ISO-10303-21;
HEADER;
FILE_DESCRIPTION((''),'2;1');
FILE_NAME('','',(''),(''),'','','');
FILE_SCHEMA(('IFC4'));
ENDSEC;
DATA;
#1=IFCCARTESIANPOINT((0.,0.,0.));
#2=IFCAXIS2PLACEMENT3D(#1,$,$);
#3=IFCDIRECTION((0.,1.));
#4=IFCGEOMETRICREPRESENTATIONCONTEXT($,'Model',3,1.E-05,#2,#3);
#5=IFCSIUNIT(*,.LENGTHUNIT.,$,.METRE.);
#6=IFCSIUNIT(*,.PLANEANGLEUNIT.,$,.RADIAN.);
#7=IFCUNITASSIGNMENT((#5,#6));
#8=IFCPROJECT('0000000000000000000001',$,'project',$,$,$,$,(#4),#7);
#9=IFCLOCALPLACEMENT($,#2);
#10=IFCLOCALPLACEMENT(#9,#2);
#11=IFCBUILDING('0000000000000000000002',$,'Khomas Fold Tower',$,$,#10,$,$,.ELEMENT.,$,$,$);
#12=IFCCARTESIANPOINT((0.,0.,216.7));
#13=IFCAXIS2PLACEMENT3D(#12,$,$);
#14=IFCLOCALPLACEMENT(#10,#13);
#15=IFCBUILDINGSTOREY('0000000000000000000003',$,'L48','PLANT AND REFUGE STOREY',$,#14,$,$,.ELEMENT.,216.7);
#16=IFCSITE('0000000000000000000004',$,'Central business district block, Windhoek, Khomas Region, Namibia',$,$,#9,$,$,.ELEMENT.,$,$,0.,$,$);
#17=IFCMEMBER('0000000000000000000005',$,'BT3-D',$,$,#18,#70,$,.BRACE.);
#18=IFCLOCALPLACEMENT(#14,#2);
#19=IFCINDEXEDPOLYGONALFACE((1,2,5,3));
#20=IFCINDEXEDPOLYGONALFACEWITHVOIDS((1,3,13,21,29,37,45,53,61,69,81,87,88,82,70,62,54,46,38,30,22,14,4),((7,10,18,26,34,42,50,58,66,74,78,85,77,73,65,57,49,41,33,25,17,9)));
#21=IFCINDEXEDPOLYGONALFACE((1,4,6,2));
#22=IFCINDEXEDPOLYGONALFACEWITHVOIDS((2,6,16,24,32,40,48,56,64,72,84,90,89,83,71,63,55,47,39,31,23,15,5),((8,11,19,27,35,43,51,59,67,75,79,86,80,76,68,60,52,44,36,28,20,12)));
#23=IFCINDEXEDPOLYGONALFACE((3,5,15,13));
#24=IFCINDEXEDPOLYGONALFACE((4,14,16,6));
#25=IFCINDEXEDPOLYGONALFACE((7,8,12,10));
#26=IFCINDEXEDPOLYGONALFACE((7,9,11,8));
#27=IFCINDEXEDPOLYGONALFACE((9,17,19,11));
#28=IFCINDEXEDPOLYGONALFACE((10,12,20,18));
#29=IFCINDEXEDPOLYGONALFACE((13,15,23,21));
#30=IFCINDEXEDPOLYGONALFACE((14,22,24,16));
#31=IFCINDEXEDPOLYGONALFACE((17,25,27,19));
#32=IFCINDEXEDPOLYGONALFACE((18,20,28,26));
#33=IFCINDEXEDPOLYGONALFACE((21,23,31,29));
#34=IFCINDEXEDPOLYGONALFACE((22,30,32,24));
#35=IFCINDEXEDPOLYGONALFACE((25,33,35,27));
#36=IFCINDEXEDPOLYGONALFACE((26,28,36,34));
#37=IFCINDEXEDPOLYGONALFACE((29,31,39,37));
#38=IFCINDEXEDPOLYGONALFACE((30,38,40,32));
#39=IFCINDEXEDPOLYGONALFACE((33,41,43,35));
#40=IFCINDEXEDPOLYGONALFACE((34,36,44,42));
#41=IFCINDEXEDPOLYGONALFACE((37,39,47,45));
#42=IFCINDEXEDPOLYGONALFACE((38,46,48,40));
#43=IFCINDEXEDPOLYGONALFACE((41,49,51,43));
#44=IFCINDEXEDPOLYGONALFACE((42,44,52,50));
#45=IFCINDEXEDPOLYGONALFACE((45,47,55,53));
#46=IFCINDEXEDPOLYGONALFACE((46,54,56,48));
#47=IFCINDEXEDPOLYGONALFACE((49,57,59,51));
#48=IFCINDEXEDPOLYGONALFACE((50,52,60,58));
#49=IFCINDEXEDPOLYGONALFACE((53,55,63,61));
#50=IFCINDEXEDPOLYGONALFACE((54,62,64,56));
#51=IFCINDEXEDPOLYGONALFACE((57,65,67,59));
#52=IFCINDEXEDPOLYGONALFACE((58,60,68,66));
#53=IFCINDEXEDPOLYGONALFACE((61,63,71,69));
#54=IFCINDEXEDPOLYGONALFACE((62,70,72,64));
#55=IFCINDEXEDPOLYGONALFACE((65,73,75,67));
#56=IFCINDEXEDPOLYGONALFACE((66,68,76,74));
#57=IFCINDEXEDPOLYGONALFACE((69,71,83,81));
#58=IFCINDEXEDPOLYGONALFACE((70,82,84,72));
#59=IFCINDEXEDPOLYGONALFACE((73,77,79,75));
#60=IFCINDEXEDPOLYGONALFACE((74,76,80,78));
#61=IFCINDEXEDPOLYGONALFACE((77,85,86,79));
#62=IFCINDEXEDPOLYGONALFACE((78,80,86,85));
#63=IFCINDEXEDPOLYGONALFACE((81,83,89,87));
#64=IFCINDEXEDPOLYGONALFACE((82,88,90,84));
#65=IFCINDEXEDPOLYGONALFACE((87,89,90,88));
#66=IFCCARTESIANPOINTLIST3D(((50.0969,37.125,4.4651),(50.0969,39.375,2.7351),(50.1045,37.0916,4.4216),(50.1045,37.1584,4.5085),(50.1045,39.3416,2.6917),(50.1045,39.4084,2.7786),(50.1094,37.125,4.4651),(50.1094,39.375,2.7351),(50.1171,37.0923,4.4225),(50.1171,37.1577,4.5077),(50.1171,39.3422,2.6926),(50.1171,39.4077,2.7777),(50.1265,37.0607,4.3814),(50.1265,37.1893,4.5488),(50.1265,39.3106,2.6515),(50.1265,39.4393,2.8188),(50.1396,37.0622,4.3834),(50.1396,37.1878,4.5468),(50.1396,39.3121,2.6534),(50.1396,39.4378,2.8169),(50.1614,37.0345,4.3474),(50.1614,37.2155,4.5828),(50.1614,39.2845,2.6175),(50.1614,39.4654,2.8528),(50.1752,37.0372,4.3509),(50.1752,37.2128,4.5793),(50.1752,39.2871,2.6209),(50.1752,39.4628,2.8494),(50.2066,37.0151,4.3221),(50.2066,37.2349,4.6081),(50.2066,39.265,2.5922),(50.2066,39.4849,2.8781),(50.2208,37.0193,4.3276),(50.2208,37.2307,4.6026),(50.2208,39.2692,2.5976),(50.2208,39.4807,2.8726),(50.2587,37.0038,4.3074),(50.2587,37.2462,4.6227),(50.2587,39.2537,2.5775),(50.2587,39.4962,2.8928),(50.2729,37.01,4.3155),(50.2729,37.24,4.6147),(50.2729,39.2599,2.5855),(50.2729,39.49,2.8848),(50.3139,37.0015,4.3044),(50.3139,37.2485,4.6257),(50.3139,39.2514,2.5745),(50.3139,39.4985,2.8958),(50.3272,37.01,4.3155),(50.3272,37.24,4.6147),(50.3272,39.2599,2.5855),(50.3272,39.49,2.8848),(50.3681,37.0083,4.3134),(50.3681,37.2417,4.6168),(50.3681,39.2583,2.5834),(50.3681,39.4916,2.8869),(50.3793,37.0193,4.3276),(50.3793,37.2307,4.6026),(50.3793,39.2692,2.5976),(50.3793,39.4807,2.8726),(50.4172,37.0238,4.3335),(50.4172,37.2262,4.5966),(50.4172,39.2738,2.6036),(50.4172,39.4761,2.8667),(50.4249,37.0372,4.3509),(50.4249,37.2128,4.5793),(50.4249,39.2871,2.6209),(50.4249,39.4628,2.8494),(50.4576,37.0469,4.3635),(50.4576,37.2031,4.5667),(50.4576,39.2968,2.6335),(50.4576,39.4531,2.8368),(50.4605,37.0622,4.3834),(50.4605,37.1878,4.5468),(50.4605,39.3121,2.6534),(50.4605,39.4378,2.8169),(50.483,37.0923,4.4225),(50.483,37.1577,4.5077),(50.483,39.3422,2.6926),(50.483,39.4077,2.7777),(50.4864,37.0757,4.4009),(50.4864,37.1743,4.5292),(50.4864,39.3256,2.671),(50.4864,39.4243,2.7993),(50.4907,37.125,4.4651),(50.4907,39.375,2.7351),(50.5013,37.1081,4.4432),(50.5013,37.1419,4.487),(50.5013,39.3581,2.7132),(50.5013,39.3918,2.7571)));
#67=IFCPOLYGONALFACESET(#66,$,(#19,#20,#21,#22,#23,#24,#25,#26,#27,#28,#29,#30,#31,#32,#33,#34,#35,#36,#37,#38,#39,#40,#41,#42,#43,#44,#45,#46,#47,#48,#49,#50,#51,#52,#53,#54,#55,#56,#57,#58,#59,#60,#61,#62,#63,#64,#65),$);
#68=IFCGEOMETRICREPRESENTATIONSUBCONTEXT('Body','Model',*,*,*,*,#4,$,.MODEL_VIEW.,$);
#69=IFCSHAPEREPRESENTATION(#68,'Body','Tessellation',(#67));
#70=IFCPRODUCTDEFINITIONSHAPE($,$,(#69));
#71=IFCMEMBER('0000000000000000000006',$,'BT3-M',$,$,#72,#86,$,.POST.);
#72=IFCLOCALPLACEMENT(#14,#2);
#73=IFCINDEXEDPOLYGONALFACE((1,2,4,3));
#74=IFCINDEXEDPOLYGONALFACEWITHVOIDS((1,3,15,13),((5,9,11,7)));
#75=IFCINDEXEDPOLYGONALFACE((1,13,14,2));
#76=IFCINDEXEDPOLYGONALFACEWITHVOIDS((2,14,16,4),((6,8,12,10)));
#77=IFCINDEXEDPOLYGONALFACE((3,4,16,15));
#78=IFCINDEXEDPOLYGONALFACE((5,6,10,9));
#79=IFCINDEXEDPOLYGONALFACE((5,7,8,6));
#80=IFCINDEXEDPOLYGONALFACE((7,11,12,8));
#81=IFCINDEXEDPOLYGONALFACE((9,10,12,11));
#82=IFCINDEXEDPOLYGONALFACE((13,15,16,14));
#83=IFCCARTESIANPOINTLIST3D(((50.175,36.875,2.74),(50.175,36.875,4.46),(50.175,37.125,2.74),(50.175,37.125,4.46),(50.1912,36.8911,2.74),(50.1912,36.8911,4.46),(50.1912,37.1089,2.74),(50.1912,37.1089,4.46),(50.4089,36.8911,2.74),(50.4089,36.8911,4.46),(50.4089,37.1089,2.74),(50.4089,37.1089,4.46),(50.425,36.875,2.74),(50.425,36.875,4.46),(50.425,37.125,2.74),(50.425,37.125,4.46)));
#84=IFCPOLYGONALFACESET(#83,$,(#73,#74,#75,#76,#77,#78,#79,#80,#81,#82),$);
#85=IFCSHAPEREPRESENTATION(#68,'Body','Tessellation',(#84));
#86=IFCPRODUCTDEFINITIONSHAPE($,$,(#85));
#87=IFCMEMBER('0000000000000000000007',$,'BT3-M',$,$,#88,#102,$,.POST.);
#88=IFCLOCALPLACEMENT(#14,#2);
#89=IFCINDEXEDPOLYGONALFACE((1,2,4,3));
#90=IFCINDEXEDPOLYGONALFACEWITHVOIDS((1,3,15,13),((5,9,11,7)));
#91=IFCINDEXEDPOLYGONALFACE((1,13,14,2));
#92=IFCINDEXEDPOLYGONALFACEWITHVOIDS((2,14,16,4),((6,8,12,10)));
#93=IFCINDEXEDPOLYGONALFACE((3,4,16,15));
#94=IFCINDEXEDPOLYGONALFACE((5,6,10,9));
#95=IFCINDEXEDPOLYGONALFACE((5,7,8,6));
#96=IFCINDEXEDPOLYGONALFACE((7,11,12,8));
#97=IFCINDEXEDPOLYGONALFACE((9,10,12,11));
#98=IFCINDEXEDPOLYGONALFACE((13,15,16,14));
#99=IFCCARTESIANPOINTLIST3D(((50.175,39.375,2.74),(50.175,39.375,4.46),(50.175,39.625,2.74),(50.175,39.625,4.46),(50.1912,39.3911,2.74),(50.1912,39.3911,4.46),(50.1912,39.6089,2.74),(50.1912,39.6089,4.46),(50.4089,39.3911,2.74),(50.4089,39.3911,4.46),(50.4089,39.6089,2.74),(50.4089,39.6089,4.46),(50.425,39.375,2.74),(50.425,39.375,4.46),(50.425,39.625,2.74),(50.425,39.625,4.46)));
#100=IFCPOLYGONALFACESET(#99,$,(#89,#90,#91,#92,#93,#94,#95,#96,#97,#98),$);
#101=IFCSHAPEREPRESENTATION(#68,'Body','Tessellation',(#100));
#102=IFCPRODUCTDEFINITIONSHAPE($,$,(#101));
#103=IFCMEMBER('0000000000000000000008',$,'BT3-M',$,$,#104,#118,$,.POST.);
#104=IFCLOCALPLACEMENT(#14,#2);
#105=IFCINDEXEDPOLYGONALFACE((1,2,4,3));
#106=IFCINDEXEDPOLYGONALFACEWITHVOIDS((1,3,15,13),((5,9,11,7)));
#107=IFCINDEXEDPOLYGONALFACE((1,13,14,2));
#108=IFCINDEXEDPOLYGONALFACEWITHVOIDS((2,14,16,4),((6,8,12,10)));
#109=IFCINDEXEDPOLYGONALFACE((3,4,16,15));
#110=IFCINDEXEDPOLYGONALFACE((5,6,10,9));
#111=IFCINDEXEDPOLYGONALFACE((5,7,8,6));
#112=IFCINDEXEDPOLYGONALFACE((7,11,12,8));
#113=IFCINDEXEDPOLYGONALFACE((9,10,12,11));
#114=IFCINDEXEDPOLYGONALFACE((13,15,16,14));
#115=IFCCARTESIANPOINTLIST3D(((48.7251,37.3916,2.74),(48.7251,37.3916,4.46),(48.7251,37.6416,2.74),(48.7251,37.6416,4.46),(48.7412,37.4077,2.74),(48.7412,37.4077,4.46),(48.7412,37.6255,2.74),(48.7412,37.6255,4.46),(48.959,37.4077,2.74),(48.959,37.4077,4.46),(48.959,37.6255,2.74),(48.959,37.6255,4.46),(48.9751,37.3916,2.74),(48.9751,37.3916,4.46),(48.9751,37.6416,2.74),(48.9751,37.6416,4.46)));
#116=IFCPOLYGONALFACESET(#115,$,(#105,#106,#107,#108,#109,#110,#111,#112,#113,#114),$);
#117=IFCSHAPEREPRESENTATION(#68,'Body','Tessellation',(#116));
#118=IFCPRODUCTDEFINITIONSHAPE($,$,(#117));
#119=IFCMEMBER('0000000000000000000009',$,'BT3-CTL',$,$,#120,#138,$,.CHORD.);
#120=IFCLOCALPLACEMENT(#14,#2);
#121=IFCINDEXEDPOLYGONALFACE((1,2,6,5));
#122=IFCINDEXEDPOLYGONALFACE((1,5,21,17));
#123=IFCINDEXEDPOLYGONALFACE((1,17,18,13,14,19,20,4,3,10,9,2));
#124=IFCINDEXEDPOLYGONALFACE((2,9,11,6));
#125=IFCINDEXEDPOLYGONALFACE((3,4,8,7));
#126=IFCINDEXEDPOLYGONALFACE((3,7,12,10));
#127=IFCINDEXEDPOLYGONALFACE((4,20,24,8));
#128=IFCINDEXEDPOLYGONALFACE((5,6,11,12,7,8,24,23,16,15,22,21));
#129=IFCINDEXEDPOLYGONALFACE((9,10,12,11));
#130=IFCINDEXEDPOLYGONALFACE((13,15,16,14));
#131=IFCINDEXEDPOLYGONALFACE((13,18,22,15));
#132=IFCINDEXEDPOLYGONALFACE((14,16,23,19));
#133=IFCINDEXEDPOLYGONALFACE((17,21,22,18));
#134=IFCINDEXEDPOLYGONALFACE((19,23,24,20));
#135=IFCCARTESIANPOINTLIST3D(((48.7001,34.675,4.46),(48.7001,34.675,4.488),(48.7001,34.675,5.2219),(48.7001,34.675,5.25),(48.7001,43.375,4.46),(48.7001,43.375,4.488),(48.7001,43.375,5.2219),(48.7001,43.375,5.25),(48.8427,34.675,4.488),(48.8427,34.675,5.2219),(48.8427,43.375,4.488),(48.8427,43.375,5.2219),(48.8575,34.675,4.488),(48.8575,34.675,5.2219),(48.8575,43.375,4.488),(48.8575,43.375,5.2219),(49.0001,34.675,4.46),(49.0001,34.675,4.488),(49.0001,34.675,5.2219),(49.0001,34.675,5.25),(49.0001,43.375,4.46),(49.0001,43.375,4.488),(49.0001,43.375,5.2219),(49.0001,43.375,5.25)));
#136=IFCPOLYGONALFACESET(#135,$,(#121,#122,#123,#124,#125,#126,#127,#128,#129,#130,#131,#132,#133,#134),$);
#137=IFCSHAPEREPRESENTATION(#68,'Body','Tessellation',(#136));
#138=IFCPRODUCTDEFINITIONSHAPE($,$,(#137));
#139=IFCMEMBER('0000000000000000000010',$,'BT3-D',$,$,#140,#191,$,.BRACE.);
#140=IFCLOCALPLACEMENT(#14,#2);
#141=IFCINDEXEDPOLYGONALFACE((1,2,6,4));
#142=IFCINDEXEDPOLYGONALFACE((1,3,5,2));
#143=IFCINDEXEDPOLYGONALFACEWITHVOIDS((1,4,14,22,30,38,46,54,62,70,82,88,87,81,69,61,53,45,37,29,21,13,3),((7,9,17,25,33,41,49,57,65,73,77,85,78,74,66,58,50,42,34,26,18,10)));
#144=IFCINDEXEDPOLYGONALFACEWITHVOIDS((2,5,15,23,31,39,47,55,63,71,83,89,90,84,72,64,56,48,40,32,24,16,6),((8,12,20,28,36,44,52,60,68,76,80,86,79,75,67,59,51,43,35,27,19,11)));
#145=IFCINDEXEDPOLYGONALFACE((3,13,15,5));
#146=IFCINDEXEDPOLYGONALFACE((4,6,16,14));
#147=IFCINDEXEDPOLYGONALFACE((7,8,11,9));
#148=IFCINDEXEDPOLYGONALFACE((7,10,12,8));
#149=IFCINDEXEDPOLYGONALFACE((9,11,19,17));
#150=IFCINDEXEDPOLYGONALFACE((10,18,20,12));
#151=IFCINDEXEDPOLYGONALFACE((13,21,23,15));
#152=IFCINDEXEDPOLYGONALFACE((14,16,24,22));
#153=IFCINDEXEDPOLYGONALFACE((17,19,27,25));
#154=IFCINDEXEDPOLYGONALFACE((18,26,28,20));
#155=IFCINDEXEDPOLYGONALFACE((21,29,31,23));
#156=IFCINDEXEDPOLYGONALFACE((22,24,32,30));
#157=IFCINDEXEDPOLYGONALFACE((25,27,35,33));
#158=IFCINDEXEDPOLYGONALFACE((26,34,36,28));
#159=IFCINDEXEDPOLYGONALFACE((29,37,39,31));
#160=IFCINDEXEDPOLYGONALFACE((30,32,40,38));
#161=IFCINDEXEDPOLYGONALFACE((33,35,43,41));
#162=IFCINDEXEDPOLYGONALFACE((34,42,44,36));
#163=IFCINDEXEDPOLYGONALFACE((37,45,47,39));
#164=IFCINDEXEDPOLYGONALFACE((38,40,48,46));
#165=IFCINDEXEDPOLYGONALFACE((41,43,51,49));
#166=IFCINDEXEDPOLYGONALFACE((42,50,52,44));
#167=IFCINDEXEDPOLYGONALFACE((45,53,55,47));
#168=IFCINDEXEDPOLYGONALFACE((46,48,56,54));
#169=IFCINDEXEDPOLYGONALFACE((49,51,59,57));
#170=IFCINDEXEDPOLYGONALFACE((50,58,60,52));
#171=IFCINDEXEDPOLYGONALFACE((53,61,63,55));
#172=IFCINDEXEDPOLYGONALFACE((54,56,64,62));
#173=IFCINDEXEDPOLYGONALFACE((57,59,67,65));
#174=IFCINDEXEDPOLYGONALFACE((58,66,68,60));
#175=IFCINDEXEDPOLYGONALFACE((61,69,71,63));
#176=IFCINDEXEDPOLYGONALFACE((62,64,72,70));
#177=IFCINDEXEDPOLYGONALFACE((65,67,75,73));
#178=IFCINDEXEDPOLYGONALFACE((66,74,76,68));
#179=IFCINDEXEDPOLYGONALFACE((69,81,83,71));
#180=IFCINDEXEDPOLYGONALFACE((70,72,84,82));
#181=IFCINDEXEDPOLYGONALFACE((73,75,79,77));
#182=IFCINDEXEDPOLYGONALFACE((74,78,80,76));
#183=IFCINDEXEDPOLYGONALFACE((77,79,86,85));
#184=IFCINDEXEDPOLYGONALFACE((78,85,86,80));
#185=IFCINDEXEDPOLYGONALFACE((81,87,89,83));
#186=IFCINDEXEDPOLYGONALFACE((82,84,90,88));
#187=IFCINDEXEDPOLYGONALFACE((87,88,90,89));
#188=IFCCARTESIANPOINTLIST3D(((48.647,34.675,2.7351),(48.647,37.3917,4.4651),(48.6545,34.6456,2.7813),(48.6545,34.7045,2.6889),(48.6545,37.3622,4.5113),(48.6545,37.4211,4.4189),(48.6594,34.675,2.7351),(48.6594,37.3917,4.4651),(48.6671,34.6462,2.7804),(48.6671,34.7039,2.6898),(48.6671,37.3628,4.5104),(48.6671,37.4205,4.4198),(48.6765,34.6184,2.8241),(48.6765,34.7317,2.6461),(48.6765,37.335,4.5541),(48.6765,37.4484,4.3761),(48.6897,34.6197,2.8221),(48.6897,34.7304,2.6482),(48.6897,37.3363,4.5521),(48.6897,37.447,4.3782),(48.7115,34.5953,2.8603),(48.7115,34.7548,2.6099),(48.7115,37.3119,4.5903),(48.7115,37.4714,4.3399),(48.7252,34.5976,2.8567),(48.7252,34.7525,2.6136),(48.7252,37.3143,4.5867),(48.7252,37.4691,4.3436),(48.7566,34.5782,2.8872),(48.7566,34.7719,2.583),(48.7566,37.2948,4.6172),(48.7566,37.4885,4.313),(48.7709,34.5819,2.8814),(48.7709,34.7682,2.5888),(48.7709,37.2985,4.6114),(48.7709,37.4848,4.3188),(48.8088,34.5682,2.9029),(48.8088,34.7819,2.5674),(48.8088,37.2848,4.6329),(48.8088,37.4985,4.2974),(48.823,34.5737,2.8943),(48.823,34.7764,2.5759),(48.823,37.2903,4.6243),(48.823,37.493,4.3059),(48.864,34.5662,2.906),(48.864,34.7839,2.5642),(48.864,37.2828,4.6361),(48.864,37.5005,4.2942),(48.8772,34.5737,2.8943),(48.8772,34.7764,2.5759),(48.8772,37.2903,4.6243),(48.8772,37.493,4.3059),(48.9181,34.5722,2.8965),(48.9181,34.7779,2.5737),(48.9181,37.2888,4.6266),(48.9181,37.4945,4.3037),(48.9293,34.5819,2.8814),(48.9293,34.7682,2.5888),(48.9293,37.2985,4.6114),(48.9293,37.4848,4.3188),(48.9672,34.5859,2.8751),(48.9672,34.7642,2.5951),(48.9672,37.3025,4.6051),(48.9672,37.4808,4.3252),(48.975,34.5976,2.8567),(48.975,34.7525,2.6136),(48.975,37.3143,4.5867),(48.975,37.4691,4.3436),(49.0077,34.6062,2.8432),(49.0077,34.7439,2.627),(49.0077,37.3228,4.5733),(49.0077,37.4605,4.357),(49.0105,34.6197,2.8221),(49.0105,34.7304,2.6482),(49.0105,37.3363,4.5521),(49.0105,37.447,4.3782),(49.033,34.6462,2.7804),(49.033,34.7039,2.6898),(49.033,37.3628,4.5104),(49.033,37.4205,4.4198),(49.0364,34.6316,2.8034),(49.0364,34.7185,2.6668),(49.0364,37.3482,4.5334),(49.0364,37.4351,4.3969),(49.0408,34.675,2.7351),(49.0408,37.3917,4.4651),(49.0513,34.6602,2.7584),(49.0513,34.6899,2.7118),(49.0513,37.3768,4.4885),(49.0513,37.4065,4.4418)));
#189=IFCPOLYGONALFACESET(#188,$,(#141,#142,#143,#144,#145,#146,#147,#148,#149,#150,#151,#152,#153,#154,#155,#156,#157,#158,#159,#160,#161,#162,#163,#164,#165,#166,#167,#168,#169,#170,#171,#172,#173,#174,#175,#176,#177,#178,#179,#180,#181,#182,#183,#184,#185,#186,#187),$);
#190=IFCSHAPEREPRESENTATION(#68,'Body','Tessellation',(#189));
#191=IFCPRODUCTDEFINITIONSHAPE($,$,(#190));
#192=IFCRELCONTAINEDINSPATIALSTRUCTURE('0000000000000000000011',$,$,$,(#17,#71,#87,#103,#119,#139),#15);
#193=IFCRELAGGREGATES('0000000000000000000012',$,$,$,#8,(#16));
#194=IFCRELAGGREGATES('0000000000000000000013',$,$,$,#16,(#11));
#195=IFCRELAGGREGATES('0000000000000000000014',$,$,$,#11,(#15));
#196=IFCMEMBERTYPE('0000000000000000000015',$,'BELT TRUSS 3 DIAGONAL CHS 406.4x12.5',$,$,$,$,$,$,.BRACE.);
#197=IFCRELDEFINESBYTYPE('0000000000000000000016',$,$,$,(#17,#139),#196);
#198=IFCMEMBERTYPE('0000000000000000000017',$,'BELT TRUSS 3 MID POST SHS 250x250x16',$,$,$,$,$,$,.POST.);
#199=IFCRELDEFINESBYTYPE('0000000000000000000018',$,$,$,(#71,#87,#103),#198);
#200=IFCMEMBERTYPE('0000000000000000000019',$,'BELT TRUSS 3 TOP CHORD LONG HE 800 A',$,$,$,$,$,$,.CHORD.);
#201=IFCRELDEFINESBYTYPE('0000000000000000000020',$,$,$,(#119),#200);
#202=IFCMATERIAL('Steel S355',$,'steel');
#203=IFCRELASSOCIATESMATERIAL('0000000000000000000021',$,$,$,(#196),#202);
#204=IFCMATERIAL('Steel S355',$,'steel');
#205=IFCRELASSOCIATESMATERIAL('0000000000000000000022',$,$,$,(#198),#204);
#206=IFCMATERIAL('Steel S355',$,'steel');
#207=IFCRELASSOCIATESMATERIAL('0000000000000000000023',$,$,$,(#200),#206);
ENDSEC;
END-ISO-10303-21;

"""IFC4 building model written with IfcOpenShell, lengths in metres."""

from ifc_helpers import new_model, si_unit, direction, frame, origin, origin_2d, place, context, subcontext, project, spatial, hollow_rectangle, hollow_circle, i_section, extrude, source, transform, mapped, material, material_profile, profile_set, type_object, element, save


model = new_model("IFC4")

# Units and contexts
model_context = context("Model", 3, precision=1e-05, world=origin(), true_north=direction((0.0, 1.0)))
body_context = subcontext(model_context, "Body", "Model", "MODEL_VIEW")
ifc_project = project(units=[si_unit("LENGTHUNIT", "METRE"), si_unit("PLANEANGLEUNIT", "RADIAN")], contexts=[model_context])

# Site, building, storey
site_placement = place(None, origin())
site = spatial("IfcSite", under=ifc_project, at=site_placement, Name="Central business district block, Windhoek, Khomas Region, Namibia", CompositionType="ELEMENT", RefElevation=0.0)
building_placement = place(site_placement, origin())
building = spatial("IfcBuilding", under=site, at=building_placement, Name="Khomas Fold Tower", CompositionType="ELEMENT")
storey_placement = place(building_placement, frame((0.0, 0.0, 216.7)))
storey = spatial("IfcBuildingStorey", under=building, at=storey_placement, Name="L48", Description="PLANT AND REFUGE STOREY", CompositionType="ELEMENT", Elevation=216.7)

# Members
ifc_material_1 = material(Name="Steel S355", Category="steel")
ifc_material_profile_1 = material_profile(ifc_material_1, hollow_circle(Radius=0.2031, WallThickness=0.0125, at=origin_2d()), Name="CHS 406.4x12.5")
ifc_profile_set_1 = profile_set([ifc_material_profile_1], Name="Steel S355")
member_type_1 = type_object("IfcMemberType", Name="BELT TRUSS 3 DIAGONAL CHS 406.4x12.5", PredefinedType="BRACE", material=ifc_profile_set_1)
shared_shape_1 = source(origin(), body_context, "Body", "SweptSolid", [
    extrude(hollow_circle(Radius=0.2031, WallThickness=0.0125, at=origin_2d()), origin(), (0.0, 0.0, 1.0), 2.8381),
])
member_1_placement = place(storey_placement, frame((50.3, 37.125, 4.4651), z_axis=(0.0, 0.792758, -0.609536), x_axis=(-1.0, 0.0, 0.0)))
element("IfcMember", 1, at=member_1_placement, inside=storey, type_object=member_type_1, Name="BT3-D", PredefinedType="BRACE", context=body_context, shape_type="MappedRepresentation", body=[
    mapped(shared_shape_1, transform((0.0, 0.0, 0.0))),
])
ifc_material_2 = material(Name="Steel S355", Category="steel")
ifc_material_profile_2 = material_profile(ifc_material_2, hollow_rectangle(XDim=0.25, YDim=0.25, WallThickness=0.0161, at=origin_2d()), Name="SHS 250x250x16")
ifc_profile_set_2 = profile_set([ifc_material_profile_2], Name="Steel S355")
member_type_2 = type_object("IfcMemberType", Name="BELT TRUSS 3 MID POST SHS 250x250x16", PredefinedType="POST", material=ifc_profile_set_2)
shared_shape_2 = source(origin(), body_context, "Body", "SweptSolid", [
    extrude(hollow_rectangle(XDim=0.25, YDim=0.25, WallThickness=0.0161, at=origin_2d()), origin(), (0.0, 0.0, 1.0), 1.72),
])
for number, where, z_axis, x_axis, name in (
    (2, (50.3, 37.0, 2.74), (0.0, 0.0, 1.0), (1.0, 0.0, 0.0), "BT3-M"),
    (3, (50.3, 39.5, 2.74), (0.0, 0.0, 1.0), (1.0, 0.0, 0.0), "BT3-M"),
    (4, (48.8501, 37.5166, 2.74), (0.0, 0.0, 1.0), (1.0, 0.0, 0.0), "BT3-M"),
):
    element("IfcMember", number, at=place(storey_placement, frame(where, z_axis=z_axis, x_axis=x_axis)), inside=storey, type_object=member_type_2, Name=name, PredefinedType="POST", context=body_context, shape_type="MappedRepresentation", body=[
        mapped(shared_shape_2, transform((0.0, 0.0, 0.0))),
    ])
ifc_material_3 = material(Name="Steel S355", Category="steel")
ifc_material_profile_3 = material_profile(ifc_material_3, i_section(OverallWidth=0.3, OverallDepth=0.79, WebThickness=0.0149, FlangeThickness=0.0281, at=origin_2d()), Name="HE 800 A")
ifc_profile_set_3 = profile_set([ifc_material_profile_3], Name="Steel S355")
member_type_3 = type_object("IfcMemberType", Name="BELT TRUSS 3 TOP CHORD LONG HE 800 A", PredefinedType="CHORD", material=ifc_profile_set_3)
shared_shape_3 = source(origin(), body_context, "Body", "SweptSolid", [
    extrude(i_section(OverallWidth=0.3, OverallDepth=0.79, WebThickness=0.0149, FlangeThickness=0.0281, at=origin_2d()), origin(), (0.0, 0.0, 1.0), 8.7),
])
member_2_placement = place(storey_placement, frame((48.8501, 34.675, 4.855), z_axis=(0.0, 1.0, 0.0), x_axis=(-1.0, 0.0, 0.0)))
element("IfcMember", 5, at=member_2_placement, inside=storey, type_object=member_type_3, Name="BT3-CTL", PredefinedType="CHORD", context=body_context, shape_type="MappedRepresentation", body=[
    mapped(shared_shape_3, transform((0.0, 0.0, 0.0))),
])
shared_shape_4 = source(origin(), body_context, "Body", "SweptSolid", [
    extrude(hollow_circle(Radius=0.2031, WallThickness=0.0125, at=origin_2d()), origin(), (0.0, 0.0, 1.0), 3.2207),
])
member_3_placement = place(storey_placement, frame((48.8501, 34.675, 2.7351), z_axis=(0.0, 0.843484, 0.537155), x_axis=(-1.0, 0.0, 0.0)))
element("IfcMember", 6, at=member_3_placement, inside=storey, type_object=member_type_1, Name="BT3-D", PredefinedType="BRACE", context=body_context, shape_type="MappedRepresentation", body=[
    mapped(shared_shape_4, transform((0.0, 0.0, 0.0))),
])

save(model, "model.ifc")
